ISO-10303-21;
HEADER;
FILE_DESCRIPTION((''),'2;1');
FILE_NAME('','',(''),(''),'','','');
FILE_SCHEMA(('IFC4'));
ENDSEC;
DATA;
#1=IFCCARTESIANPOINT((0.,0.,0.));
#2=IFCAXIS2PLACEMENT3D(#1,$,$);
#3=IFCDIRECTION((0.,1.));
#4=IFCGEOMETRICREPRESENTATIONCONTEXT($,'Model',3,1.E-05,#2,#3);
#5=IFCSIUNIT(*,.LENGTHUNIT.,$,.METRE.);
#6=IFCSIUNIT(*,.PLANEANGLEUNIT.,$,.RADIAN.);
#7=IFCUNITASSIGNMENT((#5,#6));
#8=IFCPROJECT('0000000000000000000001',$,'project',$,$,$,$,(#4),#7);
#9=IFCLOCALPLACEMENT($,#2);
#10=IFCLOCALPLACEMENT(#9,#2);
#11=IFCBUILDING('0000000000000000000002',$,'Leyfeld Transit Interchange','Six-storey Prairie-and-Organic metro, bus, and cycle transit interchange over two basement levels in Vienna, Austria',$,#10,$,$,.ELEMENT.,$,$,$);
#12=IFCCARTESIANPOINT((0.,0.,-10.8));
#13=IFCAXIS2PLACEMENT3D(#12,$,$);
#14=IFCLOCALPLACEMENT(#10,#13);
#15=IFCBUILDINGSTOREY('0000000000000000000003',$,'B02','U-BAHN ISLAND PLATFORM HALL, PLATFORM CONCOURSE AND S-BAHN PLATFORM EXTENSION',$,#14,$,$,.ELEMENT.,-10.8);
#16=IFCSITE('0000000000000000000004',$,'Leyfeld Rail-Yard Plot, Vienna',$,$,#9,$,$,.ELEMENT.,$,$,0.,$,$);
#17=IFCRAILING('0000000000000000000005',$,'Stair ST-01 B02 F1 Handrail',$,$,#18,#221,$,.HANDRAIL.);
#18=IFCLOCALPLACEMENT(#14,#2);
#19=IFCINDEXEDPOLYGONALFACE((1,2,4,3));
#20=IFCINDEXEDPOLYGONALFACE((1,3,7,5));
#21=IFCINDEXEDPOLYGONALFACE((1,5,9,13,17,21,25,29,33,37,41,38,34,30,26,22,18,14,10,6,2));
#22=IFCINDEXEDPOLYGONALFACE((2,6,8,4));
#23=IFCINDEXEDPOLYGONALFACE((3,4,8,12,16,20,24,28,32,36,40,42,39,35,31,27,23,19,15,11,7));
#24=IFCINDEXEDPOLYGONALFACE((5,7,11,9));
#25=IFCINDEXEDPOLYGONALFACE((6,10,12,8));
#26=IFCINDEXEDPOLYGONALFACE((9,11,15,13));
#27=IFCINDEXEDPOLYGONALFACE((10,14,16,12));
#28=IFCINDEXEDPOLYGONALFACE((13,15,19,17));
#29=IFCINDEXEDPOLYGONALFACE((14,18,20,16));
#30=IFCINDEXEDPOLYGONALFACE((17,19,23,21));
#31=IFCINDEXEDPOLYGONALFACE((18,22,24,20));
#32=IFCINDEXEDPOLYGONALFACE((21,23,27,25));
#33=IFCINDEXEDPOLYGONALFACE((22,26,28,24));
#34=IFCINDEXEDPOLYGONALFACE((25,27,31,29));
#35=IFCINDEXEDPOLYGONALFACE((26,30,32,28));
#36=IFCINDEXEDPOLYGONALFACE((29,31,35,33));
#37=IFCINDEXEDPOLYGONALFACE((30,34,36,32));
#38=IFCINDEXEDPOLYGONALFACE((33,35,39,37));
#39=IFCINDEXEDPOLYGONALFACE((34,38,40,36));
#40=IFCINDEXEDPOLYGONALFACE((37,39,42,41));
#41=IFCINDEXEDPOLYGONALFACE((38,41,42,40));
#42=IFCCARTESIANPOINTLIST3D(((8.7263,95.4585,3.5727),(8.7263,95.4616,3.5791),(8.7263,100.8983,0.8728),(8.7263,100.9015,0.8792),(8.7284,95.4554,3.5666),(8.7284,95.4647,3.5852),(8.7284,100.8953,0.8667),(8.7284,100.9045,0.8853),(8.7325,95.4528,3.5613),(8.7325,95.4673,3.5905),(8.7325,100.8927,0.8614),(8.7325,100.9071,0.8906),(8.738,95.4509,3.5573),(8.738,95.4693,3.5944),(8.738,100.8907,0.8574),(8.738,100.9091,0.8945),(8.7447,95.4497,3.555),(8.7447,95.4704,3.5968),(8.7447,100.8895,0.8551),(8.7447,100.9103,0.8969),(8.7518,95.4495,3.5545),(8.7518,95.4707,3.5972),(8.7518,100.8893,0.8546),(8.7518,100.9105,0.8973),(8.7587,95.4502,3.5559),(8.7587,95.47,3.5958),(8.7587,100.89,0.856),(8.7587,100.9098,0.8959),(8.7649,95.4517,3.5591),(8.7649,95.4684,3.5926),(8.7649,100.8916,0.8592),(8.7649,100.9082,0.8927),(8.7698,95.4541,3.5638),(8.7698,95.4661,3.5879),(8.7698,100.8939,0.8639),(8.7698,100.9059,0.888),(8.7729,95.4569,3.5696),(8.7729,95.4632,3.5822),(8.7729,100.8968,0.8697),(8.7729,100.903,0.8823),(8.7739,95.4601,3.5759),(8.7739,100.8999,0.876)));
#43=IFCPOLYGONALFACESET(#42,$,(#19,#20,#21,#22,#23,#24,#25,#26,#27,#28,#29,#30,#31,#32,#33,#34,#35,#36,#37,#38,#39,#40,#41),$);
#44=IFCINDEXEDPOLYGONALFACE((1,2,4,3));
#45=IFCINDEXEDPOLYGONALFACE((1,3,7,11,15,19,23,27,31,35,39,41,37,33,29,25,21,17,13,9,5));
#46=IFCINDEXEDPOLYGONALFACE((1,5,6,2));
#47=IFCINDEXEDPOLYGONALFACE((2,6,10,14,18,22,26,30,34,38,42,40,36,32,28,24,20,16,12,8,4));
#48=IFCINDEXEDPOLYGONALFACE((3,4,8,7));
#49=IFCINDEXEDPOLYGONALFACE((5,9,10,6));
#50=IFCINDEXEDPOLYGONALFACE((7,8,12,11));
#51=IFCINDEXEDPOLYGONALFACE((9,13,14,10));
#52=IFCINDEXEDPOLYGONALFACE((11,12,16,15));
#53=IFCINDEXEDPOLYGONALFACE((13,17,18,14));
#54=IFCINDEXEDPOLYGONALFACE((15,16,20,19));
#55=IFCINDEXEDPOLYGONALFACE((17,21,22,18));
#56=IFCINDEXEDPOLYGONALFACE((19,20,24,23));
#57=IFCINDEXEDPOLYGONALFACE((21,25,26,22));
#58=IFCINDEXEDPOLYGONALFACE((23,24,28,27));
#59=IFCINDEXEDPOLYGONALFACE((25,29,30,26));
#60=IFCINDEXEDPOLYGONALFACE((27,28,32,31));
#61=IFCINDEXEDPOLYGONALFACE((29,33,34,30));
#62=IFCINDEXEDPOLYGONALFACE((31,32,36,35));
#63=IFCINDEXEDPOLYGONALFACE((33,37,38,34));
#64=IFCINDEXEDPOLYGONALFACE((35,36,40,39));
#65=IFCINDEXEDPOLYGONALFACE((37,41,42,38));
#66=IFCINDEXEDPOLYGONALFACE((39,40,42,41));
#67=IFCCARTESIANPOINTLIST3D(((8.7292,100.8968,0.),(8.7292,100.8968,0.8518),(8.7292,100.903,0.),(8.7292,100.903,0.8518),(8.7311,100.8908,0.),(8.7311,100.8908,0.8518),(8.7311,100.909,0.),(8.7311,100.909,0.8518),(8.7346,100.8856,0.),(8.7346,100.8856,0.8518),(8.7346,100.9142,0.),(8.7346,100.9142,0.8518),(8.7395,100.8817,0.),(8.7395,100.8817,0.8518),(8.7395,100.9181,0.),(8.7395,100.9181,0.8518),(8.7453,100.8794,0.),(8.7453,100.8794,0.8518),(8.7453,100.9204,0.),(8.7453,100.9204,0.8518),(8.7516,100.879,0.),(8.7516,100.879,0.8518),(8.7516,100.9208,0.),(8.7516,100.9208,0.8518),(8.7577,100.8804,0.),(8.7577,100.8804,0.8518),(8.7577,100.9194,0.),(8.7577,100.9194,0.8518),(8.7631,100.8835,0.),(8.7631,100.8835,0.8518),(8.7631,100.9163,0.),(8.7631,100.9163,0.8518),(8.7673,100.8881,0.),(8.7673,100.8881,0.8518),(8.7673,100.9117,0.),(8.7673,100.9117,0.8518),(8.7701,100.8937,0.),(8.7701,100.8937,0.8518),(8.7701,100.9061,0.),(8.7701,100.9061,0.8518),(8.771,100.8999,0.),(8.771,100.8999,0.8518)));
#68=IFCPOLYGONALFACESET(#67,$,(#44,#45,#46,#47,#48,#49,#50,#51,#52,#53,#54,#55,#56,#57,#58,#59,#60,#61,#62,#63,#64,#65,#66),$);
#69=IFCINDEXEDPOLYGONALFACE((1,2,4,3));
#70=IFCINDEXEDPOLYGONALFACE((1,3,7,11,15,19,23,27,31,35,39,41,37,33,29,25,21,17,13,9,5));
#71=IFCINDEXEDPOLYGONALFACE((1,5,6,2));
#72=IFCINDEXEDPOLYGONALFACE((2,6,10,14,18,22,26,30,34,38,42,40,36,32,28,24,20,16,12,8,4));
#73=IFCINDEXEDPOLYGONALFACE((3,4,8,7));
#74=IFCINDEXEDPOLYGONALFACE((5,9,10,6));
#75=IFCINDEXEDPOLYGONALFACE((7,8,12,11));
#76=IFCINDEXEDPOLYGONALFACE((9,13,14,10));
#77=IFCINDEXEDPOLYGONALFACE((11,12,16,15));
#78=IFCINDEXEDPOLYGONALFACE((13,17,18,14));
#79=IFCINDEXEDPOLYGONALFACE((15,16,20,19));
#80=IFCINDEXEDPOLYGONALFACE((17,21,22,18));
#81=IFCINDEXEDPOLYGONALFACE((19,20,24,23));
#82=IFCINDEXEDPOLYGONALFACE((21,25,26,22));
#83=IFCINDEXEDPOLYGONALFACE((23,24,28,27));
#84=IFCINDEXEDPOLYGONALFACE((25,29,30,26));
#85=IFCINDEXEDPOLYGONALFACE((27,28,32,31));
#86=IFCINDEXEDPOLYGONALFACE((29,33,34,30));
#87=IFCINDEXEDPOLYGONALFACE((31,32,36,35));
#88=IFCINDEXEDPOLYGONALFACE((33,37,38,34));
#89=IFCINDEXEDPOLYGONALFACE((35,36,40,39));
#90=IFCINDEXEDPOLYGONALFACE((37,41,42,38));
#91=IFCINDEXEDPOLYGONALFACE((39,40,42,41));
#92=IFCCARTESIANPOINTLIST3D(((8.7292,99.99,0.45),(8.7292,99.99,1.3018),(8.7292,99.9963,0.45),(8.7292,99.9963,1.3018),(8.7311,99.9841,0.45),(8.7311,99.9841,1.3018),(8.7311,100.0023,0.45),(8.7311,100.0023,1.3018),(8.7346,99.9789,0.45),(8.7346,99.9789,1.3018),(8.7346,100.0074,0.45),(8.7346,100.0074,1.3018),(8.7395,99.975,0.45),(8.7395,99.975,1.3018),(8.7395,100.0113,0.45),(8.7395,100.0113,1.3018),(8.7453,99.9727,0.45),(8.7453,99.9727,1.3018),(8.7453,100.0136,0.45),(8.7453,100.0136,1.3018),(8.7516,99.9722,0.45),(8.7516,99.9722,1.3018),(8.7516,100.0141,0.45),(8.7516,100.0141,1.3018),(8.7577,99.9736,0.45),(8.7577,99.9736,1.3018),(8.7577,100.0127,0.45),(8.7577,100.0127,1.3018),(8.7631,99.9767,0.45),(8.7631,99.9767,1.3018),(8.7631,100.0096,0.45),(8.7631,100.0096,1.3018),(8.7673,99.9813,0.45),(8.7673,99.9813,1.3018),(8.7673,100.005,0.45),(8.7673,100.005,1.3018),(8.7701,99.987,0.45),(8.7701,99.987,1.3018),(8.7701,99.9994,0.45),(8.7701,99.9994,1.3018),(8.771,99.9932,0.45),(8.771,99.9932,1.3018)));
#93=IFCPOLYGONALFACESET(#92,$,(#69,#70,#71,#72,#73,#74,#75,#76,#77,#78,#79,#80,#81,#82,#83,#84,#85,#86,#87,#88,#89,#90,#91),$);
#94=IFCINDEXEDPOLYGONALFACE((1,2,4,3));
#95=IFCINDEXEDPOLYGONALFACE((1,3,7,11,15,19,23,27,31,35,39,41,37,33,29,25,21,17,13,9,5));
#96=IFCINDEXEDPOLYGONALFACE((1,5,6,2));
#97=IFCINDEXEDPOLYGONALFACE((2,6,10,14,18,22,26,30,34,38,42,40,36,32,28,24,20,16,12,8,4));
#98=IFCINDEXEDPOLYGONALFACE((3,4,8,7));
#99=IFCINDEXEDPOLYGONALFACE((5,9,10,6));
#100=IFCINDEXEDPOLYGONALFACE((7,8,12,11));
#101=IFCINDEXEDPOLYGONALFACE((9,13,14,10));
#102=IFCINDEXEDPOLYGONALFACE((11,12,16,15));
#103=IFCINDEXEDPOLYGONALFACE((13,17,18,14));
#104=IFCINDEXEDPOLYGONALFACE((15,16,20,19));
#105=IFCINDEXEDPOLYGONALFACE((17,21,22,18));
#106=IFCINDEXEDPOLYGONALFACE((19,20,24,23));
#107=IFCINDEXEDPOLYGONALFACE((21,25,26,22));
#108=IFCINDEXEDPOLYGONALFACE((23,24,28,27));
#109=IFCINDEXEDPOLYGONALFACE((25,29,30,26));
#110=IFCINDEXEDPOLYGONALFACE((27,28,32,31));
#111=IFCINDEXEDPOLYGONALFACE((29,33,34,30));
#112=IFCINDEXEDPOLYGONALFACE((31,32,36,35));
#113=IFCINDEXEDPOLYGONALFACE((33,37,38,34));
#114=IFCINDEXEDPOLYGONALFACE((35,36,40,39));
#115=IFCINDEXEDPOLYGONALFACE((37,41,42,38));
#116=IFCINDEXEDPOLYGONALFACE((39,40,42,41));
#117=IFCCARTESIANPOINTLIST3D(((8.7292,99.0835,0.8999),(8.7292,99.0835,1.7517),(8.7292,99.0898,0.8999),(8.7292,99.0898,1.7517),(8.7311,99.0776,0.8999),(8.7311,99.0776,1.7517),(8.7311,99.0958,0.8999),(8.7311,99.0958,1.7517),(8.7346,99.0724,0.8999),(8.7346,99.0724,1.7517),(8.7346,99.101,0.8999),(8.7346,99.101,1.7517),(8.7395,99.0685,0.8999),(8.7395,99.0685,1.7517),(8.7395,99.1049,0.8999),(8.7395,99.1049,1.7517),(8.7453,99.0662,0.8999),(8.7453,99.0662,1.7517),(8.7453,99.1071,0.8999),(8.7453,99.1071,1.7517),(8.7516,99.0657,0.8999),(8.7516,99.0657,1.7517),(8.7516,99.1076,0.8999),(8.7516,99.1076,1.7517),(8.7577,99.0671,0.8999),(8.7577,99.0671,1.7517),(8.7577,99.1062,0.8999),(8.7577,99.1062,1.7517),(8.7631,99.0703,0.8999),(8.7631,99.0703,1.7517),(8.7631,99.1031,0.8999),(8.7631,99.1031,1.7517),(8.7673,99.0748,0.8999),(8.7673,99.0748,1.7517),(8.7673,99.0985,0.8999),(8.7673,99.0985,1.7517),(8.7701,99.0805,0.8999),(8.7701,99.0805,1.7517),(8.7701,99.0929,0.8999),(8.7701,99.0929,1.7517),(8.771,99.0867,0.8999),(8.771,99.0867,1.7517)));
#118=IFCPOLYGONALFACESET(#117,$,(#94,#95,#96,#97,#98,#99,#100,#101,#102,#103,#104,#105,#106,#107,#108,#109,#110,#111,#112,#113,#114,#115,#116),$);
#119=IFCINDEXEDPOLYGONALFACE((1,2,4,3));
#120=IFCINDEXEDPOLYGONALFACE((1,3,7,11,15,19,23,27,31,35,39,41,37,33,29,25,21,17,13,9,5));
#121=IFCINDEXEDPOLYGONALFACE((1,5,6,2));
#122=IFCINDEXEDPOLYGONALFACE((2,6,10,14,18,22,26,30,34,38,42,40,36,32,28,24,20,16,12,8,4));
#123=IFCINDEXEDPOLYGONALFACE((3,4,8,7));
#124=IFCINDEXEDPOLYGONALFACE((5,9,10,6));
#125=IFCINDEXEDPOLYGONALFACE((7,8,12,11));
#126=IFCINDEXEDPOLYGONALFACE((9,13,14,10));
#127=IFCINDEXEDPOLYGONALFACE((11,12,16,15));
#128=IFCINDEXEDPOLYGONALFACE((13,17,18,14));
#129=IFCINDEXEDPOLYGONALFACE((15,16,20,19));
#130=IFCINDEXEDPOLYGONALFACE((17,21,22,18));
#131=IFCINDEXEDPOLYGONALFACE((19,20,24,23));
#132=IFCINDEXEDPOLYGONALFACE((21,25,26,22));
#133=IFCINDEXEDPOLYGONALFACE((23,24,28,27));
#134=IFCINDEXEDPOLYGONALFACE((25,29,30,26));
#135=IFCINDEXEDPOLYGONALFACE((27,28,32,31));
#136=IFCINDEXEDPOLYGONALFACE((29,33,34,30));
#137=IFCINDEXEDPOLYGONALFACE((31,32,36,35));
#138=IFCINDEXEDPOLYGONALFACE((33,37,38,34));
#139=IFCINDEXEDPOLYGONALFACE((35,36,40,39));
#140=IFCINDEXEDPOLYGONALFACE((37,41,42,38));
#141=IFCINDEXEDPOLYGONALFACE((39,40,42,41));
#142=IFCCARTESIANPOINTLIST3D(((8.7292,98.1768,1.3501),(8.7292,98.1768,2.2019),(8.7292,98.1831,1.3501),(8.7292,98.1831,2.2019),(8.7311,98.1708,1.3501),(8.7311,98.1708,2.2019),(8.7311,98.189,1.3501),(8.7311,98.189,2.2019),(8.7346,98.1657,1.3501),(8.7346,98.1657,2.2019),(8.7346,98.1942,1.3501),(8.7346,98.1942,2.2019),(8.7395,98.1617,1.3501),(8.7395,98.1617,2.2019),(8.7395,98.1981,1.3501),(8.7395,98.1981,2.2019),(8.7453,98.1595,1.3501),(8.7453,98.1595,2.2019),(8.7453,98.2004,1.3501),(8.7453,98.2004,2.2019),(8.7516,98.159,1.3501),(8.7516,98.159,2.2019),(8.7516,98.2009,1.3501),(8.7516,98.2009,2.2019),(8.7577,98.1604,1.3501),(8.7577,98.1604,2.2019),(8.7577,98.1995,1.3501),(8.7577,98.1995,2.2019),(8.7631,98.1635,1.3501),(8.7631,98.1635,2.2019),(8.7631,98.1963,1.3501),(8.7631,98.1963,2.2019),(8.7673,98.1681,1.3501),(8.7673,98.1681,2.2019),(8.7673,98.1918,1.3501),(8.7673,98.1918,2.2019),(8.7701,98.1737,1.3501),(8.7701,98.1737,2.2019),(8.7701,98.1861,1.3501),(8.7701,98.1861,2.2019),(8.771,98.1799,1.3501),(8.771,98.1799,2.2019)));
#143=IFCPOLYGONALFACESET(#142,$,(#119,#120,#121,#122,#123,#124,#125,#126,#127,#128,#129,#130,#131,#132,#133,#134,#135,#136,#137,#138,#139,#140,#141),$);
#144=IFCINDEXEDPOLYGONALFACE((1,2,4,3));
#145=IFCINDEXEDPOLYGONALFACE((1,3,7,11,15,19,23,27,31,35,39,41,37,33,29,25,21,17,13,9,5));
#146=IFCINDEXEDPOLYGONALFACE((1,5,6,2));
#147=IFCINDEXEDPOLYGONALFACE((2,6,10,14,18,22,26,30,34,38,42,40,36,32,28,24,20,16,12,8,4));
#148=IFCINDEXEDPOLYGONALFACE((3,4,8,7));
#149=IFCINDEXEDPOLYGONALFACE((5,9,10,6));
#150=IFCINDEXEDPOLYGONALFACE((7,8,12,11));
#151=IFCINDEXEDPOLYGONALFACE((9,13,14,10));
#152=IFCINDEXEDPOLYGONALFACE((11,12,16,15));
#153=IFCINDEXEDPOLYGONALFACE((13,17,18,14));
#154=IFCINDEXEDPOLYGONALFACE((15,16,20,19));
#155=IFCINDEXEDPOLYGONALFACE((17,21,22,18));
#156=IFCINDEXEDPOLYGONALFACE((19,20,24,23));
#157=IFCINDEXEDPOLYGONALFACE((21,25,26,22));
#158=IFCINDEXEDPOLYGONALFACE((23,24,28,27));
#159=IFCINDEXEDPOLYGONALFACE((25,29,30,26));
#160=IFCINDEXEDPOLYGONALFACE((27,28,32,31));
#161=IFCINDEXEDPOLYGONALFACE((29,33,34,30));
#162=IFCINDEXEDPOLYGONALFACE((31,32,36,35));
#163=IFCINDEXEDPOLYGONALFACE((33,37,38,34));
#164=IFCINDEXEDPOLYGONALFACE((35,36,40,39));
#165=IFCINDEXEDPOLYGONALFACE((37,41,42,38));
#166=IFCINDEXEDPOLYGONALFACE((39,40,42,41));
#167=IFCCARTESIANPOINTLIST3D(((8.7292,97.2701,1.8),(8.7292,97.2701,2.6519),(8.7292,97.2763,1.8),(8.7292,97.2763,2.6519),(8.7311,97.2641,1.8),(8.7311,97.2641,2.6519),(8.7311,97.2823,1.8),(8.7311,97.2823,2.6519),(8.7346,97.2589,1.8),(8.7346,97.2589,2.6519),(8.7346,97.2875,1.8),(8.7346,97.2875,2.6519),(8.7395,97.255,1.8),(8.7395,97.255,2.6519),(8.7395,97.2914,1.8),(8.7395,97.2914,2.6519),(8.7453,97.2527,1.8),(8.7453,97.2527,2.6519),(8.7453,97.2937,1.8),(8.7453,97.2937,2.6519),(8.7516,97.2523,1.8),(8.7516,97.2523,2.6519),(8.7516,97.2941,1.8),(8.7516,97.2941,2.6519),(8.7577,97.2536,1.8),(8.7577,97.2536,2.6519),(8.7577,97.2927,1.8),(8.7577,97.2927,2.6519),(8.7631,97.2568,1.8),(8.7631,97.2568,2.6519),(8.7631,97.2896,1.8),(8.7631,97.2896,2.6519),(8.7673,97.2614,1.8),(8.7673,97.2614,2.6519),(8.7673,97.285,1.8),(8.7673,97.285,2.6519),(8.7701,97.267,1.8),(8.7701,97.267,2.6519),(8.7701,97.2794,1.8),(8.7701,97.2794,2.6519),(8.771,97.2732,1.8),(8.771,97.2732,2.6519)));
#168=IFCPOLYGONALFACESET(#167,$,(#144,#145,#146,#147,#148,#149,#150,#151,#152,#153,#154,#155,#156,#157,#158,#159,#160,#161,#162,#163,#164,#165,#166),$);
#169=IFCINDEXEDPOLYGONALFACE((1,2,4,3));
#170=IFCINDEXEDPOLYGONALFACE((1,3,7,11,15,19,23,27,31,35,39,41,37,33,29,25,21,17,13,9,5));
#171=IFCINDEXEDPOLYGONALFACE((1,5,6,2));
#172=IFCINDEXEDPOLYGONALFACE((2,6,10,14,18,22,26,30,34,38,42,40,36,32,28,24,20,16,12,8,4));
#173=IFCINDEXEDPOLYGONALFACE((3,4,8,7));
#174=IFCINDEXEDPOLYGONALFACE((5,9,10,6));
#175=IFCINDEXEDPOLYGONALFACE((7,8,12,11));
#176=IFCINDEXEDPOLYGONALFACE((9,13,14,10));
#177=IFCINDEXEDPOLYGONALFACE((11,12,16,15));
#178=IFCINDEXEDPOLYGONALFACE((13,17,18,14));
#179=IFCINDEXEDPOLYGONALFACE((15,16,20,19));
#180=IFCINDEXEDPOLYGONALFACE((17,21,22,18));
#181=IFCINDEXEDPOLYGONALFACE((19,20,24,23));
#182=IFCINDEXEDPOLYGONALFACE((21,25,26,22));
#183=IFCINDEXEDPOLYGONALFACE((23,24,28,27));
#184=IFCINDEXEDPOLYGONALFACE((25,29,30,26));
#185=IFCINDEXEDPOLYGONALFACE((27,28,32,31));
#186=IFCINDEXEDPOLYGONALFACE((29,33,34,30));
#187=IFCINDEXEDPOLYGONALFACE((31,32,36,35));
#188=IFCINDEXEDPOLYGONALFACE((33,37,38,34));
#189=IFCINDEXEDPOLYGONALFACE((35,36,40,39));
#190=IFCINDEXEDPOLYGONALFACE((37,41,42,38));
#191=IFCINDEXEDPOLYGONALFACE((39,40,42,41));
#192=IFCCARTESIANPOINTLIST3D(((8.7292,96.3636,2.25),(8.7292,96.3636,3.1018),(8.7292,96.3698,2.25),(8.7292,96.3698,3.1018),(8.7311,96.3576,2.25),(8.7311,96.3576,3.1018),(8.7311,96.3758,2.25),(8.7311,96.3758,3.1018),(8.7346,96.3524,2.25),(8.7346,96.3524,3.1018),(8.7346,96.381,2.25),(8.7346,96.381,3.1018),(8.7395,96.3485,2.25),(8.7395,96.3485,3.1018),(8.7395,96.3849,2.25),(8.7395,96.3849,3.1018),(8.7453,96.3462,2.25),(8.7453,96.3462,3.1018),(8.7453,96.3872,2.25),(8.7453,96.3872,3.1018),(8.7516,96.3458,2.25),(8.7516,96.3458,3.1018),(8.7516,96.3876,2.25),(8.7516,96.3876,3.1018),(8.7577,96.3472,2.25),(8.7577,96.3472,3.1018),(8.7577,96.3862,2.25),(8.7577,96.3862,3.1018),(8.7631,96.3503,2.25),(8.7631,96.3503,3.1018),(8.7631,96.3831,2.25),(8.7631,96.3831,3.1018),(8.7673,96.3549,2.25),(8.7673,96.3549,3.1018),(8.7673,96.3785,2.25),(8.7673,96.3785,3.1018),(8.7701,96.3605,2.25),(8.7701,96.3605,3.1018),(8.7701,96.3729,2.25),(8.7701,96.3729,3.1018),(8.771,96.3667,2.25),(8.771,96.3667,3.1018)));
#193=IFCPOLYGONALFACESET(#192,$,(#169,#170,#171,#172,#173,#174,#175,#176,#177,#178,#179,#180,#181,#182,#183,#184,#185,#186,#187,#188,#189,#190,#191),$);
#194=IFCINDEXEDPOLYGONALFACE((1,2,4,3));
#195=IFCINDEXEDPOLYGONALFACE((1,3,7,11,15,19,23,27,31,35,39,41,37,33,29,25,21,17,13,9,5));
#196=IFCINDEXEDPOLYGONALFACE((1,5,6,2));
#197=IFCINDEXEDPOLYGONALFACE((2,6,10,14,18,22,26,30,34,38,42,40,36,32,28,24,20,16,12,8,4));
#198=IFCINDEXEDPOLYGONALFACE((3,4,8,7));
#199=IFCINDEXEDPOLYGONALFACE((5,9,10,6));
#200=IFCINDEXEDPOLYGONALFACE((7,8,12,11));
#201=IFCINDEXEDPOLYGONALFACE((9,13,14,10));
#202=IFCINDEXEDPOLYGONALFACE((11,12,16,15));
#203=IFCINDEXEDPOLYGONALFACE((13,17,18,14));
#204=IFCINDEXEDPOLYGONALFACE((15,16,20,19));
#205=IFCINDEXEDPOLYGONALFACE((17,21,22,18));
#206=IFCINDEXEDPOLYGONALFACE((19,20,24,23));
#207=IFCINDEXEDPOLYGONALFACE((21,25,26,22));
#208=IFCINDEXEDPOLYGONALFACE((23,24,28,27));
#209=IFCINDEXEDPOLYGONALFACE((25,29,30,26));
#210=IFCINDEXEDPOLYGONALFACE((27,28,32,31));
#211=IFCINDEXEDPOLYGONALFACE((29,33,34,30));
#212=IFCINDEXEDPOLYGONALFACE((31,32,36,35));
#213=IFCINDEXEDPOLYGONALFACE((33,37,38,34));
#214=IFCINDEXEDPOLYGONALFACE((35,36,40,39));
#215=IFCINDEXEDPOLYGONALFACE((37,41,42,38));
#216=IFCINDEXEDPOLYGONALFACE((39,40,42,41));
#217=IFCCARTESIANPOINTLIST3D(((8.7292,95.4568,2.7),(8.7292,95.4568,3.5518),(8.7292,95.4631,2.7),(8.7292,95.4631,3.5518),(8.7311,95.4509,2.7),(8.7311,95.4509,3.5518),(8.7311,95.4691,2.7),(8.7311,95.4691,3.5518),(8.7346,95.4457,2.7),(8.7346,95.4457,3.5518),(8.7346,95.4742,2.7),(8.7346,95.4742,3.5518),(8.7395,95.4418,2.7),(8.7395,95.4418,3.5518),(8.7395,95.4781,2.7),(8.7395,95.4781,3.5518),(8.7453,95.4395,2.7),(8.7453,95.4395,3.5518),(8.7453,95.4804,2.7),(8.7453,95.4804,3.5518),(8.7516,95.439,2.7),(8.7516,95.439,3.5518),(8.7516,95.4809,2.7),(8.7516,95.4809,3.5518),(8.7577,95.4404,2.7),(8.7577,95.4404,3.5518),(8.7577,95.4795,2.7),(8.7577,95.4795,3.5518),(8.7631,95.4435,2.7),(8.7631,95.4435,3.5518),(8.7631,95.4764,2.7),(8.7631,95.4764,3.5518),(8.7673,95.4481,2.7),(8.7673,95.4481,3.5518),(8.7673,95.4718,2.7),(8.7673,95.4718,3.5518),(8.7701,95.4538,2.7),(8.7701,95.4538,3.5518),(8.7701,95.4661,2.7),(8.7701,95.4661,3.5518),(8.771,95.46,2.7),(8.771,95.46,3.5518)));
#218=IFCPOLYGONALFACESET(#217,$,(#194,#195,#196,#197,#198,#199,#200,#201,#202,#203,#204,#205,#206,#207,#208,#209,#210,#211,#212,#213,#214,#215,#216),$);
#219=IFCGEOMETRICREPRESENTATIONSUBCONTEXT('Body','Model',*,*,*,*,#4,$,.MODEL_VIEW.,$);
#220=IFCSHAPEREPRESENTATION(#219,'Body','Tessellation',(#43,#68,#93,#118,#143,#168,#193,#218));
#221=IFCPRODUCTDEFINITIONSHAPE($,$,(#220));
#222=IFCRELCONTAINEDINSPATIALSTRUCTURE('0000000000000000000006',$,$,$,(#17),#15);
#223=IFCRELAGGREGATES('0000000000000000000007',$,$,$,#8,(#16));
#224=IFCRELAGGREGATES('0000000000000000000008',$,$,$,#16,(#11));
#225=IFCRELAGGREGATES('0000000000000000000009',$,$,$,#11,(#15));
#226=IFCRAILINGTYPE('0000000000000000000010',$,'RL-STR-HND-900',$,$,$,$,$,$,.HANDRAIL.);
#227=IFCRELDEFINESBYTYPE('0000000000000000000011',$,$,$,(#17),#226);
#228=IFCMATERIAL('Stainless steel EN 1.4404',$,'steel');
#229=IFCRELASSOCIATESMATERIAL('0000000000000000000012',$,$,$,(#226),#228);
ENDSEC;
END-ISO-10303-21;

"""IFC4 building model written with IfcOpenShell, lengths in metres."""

from ifc_helpers import new_model, si_unit, direction, frame, origin, origin_2d, place, context, subcontext, project, spatial, circle, extrude, material, type_object, element, save


model = new_model("IFC4")

# Units and contexts
model_context = context("Model", 3, precision=1e-05, world=origin(), true_north=direction((0.0, 1.0)))
body_context = subcontext(model_context, "Body", "Model", "MODEL_VIEW")
ifc_project = project(units=[si_unit("LENGTHUNIT", "METRE"), si_unit("PLANEANGLEUNIT", "RADIAN")], contexts=[model_context])

# Site, building, storey
site_placement = place(None, origin())
site = spatial("IfcSite", under=ifc_project, at=site_placement, Name="Leyfeld Rail-Yard Plot, Vienna", CompositionType="ELEMENT", RefElevation=0.0)
building_placement = place(site_placement, origin())
building = spatial("IfcBuilding", under=site, at=building_placement, Name="Leyfeld Transit Interchange", Description="Six-storey Prairie-and-Organic metro, bus, and cycle transit interchange over two basement levels in Vienna, Austria", CompositionType="ELEMENT")
storey_placement = place(building_placement, frame((0.0, 0.0, -10.8)))
storey = spatial("IfcBuildingStorey", under=building, at=storey_placement, Name="B02", Description="U-BAHN ISLAND PLATFORM HALL, PLATFORM CONCOURSE AND S-BAHN PLATFORM EXTENSION", CompositionType="ELEMENT", Elevation=-10.8)

# Shared definitions
ifc_material_1 = material(Name="Stainless steel EN 1.4404", Category="steel")

# Railing
railing_type_1 = type_object("IfcRailingType", Name="RL-STR-HND-900", PredefinedType="HANDRAIL", material=ifc_material_1)
railing_1_placement = place(storey_placement, frame((8.75, 100.8999, 0.0)))
element("IfcRailing", 1, at=railing_1_placement, inside=storey, type_object=railing_type_1, Name="Stair ST-01 B02 F1 Handrail", PredefinedType="HANDRAIL", context=body_context, shape_type="SweptSolid", body=[
    extrude(circle(Radius=0.0239, at=origin_2d()), frame((0.0, 0.0, 0.876), z_axis=(0.0, -0.895742, 0.444575), x_axis=(1.0, 0.0, 0.0)), (0.0, 0.0, 1.0), 6.073),
    extrude(circle(Radius=0.021, at=origin_2d()), origin(), (0.0, 0.0, 1.0), 0.8518),
    extrude(circle(Radius=0.021, at=origin_2d()), frame((0.0, -0.9067, 0.45)), (0.0, 0.0, 1.0), 0.8518),
    extrude(circle(Radius=0.021, at=origin_2d()), frame((0.0, -1.8132, 0.8999)), (0.0, 0.0, 1.0), 0.8518),
    extrude(circle(Radius=0.021, at=origin_2d()), frame((0.0, -2.72, 1.3501)), (0.0, 0.0, 1.0), 0.8518),
    extrude(circle(Radius=0.021, at=origin_2d()), frame((0.0, -3.6267, 1.8)), (0.0, 0.0, 1.0), 0.8518),
    extrude(circle(Radius=0.021, at=origin_2d()), frame((0.0, -4.5332, 2.25)), (0.0, 0.0, 1.0), 0.8518),
    extrude(circle(Radius=0.021, at=origin_2d()), frame((0.0, -5.4399, 2.7)), (0.0, 0.0, 1.0), 0.8518),
])

save(model, "model.ifc")
